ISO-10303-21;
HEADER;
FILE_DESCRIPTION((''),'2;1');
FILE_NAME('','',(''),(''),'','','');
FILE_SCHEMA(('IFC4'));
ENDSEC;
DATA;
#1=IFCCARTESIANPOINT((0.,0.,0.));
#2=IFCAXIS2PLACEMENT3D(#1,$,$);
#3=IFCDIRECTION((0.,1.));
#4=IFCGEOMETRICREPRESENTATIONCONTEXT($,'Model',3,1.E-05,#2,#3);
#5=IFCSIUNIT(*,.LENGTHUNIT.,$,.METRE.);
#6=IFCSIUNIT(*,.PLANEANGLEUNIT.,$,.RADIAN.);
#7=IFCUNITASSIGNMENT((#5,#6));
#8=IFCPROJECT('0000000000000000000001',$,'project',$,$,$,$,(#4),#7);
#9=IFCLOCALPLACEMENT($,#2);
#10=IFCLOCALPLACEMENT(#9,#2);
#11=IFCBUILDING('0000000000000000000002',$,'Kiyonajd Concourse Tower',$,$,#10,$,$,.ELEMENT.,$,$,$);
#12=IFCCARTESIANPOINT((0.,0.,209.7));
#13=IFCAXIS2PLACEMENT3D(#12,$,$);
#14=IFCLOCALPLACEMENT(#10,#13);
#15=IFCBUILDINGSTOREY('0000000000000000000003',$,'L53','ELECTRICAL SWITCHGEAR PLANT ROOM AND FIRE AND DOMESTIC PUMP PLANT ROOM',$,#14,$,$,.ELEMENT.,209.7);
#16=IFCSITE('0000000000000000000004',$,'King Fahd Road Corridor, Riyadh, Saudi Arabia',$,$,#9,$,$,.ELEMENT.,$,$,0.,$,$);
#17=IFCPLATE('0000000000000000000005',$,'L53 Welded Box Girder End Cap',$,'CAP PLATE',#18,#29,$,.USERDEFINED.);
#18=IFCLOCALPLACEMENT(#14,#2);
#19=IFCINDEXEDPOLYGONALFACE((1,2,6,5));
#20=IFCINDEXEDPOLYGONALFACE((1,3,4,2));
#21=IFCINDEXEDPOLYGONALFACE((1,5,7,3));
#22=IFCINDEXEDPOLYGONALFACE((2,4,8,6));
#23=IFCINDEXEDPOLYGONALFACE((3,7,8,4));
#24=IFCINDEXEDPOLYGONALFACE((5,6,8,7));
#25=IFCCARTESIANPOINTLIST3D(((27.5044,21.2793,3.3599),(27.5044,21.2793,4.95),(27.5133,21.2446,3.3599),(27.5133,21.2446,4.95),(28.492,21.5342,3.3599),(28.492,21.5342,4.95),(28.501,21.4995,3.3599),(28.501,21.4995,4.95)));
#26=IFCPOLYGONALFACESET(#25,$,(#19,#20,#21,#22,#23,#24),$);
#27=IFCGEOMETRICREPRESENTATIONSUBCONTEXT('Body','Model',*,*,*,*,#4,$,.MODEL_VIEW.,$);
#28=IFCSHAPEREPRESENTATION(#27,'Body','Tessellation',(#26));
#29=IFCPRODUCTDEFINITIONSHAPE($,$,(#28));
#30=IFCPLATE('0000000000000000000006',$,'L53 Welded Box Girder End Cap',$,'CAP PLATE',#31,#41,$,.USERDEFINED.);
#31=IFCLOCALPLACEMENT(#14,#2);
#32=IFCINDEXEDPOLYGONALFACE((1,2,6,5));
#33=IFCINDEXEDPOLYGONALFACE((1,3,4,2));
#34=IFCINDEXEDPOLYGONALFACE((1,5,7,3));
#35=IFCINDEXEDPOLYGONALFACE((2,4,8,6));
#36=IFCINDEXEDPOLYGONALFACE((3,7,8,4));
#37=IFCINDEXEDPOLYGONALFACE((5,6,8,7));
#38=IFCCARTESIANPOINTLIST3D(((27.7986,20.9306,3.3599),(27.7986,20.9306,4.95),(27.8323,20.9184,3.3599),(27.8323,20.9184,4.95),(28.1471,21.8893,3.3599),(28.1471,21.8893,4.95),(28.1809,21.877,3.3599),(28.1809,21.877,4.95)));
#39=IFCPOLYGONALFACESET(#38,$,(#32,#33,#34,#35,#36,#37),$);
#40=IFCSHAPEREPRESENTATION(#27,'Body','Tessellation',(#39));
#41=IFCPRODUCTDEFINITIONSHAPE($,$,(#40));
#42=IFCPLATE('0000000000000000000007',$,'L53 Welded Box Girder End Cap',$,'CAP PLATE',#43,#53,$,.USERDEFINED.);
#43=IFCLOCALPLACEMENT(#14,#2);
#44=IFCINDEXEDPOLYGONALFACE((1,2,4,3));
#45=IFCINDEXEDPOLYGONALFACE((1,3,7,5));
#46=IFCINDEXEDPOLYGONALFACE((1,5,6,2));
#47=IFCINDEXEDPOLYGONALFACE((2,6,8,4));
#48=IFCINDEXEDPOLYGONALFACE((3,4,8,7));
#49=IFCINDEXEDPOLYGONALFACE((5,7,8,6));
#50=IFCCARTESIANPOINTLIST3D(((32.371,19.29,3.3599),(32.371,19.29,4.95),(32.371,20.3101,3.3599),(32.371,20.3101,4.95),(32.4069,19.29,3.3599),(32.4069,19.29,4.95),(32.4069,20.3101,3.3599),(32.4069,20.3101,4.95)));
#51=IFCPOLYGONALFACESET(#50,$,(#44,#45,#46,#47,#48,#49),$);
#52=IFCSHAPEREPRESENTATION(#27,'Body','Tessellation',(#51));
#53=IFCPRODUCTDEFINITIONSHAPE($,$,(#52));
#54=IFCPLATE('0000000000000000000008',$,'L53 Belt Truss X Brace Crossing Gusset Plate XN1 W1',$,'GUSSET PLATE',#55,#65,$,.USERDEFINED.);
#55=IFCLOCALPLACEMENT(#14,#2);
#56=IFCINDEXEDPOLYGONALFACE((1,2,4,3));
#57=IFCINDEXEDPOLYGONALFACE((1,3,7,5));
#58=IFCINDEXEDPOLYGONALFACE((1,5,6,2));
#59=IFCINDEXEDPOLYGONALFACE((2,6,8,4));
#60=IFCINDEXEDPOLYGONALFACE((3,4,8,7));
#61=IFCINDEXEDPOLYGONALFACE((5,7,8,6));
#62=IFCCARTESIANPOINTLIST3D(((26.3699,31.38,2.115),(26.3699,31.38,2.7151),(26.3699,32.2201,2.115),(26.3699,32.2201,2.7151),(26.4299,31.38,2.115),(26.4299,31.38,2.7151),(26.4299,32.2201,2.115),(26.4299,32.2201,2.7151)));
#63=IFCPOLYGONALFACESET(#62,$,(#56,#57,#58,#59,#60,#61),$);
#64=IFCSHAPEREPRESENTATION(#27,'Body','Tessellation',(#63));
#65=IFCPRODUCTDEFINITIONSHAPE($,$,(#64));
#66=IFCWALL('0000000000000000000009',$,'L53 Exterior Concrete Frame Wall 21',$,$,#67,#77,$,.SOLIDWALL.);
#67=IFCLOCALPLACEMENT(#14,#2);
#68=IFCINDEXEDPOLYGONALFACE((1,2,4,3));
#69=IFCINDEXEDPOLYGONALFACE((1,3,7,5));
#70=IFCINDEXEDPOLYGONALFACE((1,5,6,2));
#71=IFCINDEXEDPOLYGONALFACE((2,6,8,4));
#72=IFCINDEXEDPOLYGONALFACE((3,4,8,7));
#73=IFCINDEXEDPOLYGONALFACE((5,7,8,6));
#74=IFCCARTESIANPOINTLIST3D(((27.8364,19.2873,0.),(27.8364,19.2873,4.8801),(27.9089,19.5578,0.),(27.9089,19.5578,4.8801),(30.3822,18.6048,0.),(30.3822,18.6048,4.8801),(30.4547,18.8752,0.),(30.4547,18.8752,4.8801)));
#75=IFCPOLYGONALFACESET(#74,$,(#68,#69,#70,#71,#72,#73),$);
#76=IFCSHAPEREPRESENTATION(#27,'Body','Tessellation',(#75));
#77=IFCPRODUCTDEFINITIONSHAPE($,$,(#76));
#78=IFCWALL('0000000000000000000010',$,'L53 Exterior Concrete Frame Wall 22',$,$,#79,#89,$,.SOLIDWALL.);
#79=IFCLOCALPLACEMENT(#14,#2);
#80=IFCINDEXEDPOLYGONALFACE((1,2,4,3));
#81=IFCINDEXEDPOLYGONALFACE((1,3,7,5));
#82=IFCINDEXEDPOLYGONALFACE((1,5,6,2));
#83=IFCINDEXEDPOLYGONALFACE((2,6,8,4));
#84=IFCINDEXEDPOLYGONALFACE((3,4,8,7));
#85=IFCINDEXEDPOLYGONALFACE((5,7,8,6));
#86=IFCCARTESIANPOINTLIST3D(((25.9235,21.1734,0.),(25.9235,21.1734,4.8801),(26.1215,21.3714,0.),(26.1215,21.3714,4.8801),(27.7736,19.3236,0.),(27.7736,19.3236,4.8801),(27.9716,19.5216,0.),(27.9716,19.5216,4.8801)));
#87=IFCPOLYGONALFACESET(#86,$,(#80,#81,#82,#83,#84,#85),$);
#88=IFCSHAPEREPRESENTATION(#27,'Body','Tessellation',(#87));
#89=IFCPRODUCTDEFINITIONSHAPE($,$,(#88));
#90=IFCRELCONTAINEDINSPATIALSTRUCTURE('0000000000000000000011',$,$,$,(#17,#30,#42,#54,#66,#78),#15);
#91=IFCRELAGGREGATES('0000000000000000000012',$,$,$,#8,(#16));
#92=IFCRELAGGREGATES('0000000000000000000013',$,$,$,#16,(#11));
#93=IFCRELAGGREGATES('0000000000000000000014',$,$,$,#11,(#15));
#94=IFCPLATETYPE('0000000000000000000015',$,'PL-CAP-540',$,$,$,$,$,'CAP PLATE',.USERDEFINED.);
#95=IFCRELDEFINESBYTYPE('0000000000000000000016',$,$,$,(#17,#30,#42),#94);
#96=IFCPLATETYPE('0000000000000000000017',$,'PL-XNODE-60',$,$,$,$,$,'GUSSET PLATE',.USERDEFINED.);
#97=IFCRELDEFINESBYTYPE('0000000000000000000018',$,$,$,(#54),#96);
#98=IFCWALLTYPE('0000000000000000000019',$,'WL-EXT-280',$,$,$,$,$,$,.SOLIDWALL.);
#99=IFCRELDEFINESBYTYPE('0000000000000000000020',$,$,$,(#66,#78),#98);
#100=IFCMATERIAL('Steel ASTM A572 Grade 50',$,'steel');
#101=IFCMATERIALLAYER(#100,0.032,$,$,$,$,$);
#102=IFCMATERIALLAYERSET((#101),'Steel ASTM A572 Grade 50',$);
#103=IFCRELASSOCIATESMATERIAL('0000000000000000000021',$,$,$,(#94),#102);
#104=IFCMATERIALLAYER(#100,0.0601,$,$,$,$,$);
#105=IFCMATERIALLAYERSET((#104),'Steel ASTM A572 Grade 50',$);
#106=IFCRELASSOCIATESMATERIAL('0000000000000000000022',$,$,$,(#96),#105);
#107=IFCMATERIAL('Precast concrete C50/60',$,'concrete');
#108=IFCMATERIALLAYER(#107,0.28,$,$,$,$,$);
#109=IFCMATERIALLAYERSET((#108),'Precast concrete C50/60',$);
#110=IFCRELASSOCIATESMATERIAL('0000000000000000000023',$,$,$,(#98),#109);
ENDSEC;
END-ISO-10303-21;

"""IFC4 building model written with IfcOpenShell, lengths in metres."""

from ifc_helpers import new_model, si_unit, direction, frame, frame_2d, origin, origin_2d, place, context, subcontext, project, spatial, rectangle, extrude, material, layer, layer_set, type_object, element, save


model = new_model("IFC4")

# Units and contexts
model_context = context("Model", 3, precision=1e-05, world=origin(), true_north=direction((0.0, 1.0)))
body_context = subcontext(model_context, "Body", "Model", "MODEL_VIEW")
ifc_project = project(units=[si_unit("LENGTHUNIT", "METRE"), si_unit("PLANEANGLEUNIT", "RADIAN")], contexts=[model_context])

# Site, building, storey
site_placement = place(None, origin())
site = spatial("IfcSite", under=ifc_project, at=site_placement, Name="King Fahd Road Corridor, Riyadh, Saudi Arabia", CompositionType="ELEMENT", RefElevation=0.0)
building_placement = place(site_placement, origin())
building = spatial("IfcBuilding", under=site, at=building_placement, Name="Kiyonajd Concourse Tower", CompositionType="ELEMENT")
storey_placement = place(building_placement, frame((0.0, 0.0, 209.7)))
storey = spatial("IfcBuildingStorey", under=building, at=storey_placement, Name="L53", Description="ELECTRICAL SWITCHGEAR PLANT ROOM AND FIRE AND DOMESTIC PUMP PLANT ROOM", CompositionType="ELEMENT", Elevation=209.7)

# Shared definitions
ifc_material_1 = material(Name="Steel ASTM A572 Grade 50", Category="steel")

# Plates
ifc_layer_1 = layer(ifc_material_1, 0.032)
ifc_layer_set_1 = layer_set([ifc_layer_1], Name="Steel ASTM A572 Grade 50")
plate_type_1 = type_object("IfcPlateType", Name="PL-CAP-540", ElementType="CAP PLATE", PredefinedType="USERDEFINED", material=ifc_layer_set_1)
for number, where, z_axis, x_axis, name in (
    (1, (28.0027, 21.3894, 3.3599), (0.0, 0.0, 1.0), (0.249873, -0.968279, 0.0), "L53 Welded Box Girder End Cap"),
    (2, (27.9897, 21.4038, 3.3599), (0.0, 0.0, 1.0), (-0.939812, 0.341692, 0.0), "L53 Welded Box Girder End Cap"),
    (3, (32.3889, 19.8, 3.3599), (0.0, 0.0, 1.0), (-1.0, 0.0, 0.0), "L53 Welded Box Girder End Cap"),
):
    element("IfcPlate", number, at=place(storey_placement, frame(where, z_axis=z_axis, x_axis=x_axis)), inside=storey, type_object=plate_type_1, Name=name, ObjectType="CAP PLATE", PredefinedType="USERDEFINED", context=body_context, shape_type="SweptSolid", body=[
        extrude(rectangle(XDim=0.0359, YDim=1.02, at=origin_2d()), origin(), (0.0, 0.0, 1.0), 1.5901),
    ])
ifc_layer_2 = layer(ifc_material_1, 0.0601)
ifc_layer_set_2 = layer_set([ifc_layer_2], Name="Steel ASTM A572 Grade 50")
plate_type_2 = type_object("IfcPlateType", Name="PL-XNODE-60", ElementType="GUSSET PLATE", PredefinedType="USERDEFINED", material=ifc_layer_set_2)
plate_1_placement = place(storey_placement, frame((26.3999, 31.8, 2.115), z_axis=(0.0, 0.0, 1.0), x_axis=(1.0, 0.0, 0.0)))
element("IfcPlate", 4, at=plate_1_placement, inside=storey, type_object=plate_type_2, Name="L53 Belt Truss X Brace Crossing Gusset Plate XN1 W1", ObjectType="GUSSET PLATE", PredefinedType="USERDEFINED", context=body_context, shape_type="SweptSolid", body=[
    extrude(rectangle(XDim=0.0601, YDim=0.8401, at=origin_2d()), origin(), (0.0, 0.0, 1.0), 0.6001),
])

# Walls
ifc_material_2 = material(Name="Precast concrete C50/60", Category="concrete")
ifc_layer_3 = layer(ifc_material_2, 0.28)
ifc_layer_set_3 = layer_set([ifc_layer_3], Name="Precast concrete C50/60")
wall_type = type_object("IfcWallType", Name="WL-EXT-280", PredefinedType="SOLIDWALL", material=ifc_layer_set_3)
wall_1_placement = place(storey_placement, frame((30.4185, 18.74, 0.0), z_axis=(0.0, 0.0, 1.0), x_axis=(-0.965884, 0.258977, 0.0)))
element("IfcWall", 5, at=wall_1_placement, inside=storey, type_object=wall_type, Name="L53 Exterior Concrete Frame Wall 21", PredefinedType="SOLIDWALL", context=body_context, shape_type="SweptSolid", body=[
    extrude(rectangle(XDim=2.6357, YDim=0.28, at=frame_2d((1.3179, 0.0))), origin(), (0.0, 0.0, 1.0), 4.8801),
])
wall_2_placement = place(storey_placement, frame((27.8726, 19.4226, 0.0), z_axis=(0.0, 0.0, 1.0), x_axis=(-0.707153, 0.70706, 0.0)))
element("IfcWall", 6, at=wall_2_placement, inside=storey, type_object=wall_type, Name="L53 Exterior Concrete Frame Wall 22", PredefinedType="SOLIDWALL", context=body_context, shape_type="SweptSolid", body=[
    extrude(rectangle(XDim=2.6162, YDim=0.28, at=frame_2d((1.3081, 0.0))), origin(), (0.0, 0.0, 1.0), 4.8801),
])

save(model, "model.ifc")
